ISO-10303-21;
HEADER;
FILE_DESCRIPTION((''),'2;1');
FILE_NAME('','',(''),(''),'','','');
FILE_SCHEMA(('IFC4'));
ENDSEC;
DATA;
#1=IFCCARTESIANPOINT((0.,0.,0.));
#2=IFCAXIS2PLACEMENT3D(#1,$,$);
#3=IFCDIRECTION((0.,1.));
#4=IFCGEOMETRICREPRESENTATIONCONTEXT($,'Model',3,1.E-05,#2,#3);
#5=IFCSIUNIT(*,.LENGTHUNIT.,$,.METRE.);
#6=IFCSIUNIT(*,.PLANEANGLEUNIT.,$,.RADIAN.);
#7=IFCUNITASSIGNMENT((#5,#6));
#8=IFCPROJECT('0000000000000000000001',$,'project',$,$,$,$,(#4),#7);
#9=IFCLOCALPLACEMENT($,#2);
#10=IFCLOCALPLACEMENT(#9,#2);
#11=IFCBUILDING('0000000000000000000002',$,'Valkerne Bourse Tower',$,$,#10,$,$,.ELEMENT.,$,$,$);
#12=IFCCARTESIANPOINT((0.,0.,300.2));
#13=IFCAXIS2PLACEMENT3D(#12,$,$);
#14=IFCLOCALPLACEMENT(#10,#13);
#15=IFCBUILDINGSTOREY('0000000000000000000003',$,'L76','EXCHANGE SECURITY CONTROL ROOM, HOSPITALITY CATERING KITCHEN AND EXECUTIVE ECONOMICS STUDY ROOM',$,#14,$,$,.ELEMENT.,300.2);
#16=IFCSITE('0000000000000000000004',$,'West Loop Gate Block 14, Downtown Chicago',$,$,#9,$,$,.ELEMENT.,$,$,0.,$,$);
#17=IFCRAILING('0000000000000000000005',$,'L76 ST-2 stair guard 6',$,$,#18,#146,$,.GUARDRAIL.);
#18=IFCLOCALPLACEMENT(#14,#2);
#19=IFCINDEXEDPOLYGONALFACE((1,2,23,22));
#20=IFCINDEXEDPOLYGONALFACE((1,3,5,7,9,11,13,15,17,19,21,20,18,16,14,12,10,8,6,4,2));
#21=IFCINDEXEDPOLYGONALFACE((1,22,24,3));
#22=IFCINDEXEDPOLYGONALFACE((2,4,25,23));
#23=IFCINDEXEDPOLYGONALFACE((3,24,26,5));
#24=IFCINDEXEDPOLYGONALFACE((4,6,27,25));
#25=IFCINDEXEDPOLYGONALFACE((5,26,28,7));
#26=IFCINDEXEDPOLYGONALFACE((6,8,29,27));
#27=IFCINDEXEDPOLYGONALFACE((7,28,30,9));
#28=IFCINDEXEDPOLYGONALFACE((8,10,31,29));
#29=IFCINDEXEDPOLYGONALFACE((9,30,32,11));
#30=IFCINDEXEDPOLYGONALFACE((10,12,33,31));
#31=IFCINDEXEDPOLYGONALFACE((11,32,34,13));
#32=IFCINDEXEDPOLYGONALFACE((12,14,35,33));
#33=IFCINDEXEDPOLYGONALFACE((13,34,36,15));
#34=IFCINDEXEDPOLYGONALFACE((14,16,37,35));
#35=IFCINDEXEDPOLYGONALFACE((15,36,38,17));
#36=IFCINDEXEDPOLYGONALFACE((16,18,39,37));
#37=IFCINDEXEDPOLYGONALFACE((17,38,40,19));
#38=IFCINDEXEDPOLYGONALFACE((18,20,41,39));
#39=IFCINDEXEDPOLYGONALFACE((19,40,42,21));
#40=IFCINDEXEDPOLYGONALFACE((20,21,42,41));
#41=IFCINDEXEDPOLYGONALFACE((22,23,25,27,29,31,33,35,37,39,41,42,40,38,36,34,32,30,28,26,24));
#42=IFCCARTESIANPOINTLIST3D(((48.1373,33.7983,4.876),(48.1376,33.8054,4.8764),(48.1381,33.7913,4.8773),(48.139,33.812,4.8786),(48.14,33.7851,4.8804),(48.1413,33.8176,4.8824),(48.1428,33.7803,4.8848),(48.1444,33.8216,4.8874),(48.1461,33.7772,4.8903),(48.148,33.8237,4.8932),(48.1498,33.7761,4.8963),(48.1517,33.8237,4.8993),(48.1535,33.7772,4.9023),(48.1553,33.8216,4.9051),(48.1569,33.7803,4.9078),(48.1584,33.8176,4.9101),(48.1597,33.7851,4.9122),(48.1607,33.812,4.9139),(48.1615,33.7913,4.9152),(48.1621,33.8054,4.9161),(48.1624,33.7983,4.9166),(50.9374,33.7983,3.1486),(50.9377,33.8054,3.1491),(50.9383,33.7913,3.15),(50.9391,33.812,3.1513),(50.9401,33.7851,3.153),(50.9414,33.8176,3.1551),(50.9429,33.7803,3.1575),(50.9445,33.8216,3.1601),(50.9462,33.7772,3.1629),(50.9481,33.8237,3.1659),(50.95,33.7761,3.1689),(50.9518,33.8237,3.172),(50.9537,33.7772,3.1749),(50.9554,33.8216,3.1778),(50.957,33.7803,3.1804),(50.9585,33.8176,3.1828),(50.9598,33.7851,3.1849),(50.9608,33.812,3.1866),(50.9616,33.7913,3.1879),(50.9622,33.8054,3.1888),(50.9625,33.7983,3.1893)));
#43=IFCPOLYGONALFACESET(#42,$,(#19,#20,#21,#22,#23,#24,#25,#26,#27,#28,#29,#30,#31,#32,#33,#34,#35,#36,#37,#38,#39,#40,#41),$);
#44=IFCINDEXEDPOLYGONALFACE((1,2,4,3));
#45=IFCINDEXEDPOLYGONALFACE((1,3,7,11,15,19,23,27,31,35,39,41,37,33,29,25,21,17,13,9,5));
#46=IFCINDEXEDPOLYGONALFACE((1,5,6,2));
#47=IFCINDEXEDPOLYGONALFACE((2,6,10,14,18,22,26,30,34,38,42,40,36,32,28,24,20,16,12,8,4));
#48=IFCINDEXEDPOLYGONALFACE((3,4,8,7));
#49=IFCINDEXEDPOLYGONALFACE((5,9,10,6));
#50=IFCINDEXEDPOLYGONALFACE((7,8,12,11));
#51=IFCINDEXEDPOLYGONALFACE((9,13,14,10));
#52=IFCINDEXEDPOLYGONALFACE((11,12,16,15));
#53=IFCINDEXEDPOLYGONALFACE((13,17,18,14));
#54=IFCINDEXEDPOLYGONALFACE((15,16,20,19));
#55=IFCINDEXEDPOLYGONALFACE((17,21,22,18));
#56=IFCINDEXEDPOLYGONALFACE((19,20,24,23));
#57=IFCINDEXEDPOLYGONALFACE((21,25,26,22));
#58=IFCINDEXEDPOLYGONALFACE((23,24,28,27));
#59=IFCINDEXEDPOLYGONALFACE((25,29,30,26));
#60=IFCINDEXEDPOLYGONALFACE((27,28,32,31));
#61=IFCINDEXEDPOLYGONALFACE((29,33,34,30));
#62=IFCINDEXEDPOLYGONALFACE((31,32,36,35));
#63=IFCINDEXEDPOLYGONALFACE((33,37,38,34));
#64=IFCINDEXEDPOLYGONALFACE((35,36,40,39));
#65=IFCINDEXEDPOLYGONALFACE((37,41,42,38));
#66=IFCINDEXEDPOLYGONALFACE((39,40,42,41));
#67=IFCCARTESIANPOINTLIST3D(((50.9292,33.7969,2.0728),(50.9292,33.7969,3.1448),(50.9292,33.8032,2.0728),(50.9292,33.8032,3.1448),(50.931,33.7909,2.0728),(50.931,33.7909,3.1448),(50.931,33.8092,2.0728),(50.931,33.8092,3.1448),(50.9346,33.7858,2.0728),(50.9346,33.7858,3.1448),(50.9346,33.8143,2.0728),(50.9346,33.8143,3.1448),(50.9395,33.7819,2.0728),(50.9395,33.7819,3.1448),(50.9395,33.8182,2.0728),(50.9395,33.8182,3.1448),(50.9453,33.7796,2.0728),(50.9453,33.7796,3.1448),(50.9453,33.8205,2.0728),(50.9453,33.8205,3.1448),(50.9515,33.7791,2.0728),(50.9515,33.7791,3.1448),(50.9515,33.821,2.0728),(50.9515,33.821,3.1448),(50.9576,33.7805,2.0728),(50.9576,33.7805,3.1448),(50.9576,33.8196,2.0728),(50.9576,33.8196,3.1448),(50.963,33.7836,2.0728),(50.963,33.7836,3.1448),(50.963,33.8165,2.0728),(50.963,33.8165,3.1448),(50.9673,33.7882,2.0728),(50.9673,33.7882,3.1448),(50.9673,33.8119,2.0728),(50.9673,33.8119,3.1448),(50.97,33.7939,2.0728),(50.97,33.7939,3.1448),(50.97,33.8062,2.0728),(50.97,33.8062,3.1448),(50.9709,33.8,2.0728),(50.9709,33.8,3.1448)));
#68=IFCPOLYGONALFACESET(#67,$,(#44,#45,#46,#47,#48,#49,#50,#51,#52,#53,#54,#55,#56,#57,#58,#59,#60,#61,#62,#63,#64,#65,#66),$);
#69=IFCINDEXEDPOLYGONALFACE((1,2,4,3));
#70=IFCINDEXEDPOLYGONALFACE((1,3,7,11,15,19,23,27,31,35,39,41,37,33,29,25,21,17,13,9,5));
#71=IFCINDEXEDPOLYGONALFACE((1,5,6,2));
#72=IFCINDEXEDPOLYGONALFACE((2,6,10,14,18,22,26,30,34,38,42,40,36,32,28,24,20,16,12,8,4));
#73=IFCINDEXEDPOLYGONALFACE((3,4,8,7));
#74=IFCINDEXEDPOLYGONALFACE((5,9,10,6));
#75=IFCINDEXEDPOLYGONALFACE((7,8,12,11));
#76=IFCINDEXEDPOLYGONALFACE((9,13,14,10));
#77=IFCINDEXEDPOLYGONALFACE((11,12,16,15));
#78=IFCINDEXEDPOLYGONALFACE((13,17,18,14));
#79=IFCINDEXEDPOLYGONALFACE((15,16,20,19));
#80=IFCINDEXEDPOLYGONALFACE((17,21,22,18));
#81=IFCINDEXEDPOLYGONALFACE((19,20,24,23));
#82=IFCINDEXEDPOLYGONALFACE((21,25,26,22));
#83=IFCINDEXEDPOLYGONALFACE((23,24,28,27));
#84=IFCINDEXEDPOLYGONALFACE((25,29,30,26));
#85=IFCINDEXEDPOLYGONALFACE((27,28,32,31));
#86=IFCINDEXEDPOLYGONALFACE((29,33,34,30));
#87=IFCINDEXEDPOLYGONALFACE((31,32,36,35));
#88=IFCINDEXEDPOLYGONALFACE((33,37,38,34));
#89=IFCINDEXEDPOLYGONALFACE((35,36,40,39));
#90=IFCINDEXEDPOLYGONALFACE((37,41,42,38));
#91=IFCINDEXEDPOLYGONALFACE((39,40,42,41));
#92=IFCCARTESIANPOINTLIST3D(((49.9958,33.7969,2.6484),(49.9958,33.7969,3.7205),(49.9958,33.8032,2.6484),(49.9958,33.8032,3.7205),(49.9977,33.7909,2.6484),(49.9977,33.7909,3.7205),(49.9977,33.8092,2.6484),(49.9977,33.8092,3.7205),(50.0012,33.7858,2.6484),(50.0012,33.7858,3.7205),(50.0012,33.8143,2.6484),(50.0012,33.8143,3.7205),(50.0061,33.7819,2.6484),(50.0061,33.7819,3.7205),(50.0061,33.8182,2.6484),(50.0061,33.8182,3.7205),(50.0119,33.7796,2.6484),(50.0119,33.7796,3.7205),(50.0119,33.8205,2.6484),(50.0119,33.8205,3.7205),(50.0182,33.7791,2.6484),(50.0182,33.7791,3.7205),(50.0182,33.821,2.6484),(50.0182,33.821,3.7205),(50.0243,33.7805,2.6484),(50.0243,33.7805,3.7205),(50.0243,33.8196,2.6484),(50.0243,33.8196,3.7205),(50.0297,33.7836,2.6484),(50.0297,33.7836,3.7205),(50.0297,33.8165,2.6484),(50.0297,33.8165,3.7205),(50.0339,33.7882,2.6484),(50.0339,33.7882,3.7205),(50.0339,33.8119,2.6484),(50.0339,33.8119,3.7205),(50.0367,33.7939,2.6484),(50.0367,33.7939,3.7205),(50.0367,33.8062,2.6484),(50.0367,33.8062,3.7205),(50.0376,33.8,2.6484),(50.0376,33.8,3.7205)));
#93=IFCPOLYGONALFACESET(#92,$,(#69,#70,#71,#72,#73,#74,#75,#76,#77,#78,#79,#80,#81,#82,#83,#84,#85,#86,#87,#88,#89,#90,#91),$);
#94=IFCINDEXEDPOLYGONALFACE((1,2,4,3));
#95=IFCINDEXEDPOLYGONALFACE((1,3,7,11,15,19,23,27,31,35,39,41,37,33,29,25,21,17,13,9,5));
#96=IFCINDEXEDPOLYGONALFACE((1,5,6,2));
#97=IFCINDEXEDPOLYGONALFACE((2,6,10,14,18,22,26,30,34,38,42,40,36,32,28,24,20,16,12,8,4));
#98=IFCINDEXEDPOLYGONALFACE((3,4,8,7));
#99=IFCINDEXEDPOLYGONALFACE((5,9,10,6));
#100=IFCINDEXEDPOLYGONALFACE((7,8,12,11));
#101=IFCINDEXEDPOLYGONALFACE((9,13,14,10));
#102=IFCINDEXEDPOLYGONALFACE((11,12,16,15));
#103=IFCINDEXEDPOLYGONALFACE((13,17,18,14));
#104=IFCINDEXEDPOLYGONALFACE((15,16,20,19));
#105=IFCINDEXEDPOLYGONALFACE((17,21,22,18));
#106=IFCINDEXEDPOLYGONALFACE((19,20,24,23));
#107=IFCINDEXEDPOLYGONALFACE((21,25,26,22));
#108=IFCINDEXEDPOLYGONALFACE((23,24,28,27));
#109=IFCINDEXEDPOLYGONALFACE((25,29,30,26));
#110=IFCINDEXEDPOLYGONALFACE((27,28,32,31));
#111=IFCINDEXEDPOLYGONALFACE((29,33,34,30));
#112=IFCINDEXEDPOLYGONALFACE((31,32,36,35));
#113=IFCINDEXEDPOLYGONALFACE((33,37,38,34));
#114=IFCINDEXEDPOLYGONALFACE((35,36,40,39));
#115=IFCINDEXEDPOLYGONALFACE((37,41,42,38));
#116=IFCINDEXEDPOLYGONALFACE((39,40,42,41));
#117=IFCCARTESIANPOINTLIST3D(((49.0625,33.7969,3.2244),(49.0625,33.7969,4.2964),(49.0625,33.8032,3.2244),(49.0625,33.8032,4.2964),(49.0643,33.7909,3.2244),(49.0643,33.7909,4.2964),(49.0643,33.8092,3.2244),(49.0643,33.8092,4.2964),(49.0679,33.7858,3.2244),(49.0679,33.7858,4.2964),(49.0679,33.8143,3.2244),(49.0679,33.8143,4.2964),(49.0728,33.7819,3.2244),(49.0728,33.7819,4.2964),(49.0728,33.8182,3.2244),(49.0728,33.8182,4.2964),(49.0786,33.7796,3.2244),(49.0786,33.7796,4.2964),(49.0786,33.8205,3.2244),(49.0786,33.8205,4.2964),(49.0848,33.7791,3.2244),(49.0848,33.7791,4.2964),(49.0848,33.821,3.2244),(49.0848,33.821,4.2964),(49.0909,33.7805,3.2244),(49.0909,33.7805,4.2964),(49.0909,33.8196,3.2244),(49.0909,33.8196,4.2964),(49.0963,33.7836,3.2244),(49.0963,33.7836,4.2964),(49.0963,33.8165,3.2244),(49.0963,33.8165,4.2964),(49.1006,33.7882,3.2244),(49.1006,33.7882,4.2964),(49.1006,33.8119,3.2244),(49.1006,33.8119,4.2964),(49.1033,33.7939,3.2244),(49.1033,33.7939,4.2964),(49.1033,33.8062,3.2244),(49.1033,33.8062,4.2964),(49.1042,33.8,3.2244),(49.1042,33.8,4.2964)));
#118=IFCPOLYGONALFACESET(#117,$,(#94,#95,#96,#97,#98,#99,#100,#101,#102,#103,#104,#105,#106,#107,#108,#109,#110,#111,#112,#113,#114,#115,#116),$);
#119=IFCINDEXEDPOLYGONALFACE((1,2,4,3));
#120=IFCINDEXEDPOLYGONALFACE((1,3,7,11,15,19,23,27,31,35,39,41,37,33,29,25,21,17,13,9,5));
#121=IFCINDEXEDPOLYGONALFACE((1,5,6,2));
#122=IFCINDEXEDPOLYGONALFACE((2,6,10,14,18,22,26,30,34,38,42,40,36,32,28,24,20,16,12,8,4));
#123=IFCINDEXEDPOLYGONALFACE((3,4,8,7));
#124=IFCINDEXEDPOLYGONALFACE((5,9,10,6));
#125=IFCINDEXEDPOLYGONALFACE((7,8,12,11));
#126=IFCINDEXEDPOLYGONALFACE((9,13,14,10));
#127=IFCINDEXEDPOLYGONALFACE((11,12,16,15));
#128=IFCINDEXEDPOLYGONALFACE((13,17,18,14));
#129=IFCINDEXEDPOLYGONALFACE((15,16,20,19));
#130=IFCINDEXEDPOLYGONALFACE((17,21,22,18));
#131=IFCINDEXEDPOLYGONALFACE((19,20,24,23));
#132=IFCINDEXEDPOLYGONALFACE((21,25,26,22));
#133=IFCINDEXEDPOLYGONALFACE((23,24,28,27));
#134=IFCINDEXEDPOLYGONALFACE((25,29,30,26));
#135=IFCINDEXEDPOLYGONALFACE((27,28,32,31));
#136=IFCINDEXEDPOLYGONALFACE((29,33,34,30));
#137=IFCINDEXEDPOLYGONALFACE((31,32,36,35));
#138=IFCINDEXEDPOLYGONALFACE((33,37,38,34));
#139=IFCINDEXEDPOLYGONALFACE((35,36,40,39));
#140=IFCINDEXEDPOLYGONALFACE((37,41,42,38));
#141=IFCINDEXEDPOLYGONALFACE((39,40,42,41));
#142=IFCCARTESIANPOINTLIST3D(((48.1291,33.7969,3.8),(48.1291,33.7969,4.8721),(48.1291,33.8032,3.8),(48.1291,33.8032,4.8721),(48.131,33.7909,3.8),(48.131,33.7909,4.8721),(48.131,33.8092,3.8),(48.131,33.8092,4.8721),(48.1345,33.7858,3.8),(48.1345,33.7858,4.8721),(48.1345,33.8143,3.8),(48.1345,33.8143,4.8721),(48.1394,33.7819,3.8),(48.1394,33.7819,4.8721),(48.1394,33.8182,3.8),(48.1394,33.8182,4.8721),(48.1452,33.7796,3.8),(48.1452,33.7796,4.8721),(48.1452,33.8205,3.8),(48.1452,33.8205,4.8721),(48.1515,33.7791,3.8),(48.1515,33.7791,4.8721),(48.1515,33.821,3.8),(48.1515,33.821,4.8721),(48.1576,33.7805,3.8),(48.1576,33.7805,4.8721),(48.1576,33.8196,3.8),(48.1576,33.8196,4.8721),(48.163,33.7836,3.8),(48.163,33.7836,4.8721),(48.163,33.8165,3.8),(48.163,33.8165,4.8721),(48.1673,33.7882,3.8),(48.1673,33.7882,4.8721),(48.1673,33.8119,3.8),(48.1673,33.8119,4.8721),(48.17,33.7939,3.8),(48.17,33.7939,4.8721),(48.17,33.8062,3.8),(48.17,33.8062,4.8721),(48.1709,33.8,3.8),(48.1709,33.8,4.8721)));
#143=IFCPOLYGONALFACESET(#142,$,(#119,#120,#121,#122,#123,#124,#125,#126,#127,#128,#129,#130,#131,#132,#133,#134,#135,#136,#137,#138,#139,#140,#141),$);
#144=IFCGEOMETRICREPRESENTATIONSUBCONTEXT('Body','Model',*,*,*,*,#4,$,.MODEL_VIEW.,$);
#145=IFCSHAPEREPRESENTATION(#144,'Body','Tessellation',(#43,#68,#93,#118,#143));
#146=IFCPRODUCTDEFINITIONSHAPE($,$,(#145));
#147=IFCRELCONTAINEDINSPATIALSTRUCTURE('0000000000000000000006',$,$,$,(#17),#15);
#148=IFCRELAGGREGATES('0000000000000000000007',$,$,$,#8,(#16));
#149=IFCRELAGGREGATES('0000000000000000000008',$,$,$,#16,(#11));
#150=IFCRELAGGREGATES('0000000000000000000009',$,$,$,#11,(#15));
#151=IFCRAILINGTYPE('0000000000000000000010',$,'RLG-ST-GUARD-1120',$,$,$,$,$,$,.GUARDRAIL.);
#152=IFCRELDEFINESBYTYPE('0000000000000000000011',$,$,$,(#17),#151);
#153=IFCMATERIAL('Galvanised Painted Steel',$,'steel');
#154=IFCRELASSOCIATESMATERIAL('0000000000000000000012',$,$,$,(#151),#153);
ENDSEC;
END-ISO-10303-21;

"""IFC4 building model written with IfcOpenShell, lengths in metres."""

from ifc_helpers import new_model, si_unit, direction, frame, origin, origin_2d, place, context, subcontext, project, spatial, circle, extrude, material, type_object, element, save


model = new_model("IFC4")

# Units and contexts
model_context = context("Model", 3, precision=1e-05, world=origin(), true_north=direction((0.0, 1.0)))
body_context = subcontext(model_context, "Body", "Model", "MODEL_VIEW")
ifc_project = project(units=[si_unit("LENGTHUNIT", "METRE"), si_unit("PLANEANGLEUNIT", "RADIAN")], contexts=[model_context])

# Site, building, storey
site_placement = place(None, origin())
site = spatial("IfcSite", under=ifc_project, at=site_placement, Name="West Loop Gate Block 14, Downtown Chicago", CompositionType="ELEMENT", RefElevation=0.0)
building_placement = place(site_placement, origin())
building = spatial("IfcBuilding", under=site, at=building_placement, Name="Valkerne Bourse Tower", CompositionType="ELEMENT")
storey_placement = place(building_placement, frame((0.0, 0.0, 300.2)))
storey = spatial("IfcBuildingStorey", under=building, at=storey_placement, Name="L76", Description="EXCHANGE SECURITY CONTROL ROOM, HOSPITALITY CATERING KITCHEN AND EXECUTIVE ECONOMICS STUDY ROOM", CompositionType="ELEMENT", Elevation=300.2)

# Shared definitions
ifc_material_1 = material(Name="Galvanised Painted Steel", Category="steel")

# Railing
railing_type_1 = type_object("IfcRailingType", Name="RLG-ST-GUARD-1120", PredefinedType="GUARDRAIL", material=ifc_material_1)
railing_1_placement = place(storey_placement, frame((50.95, 33.8, 2.0728)))
element("IfcRailing", 1, at=railing_1_placement, inside=storey, type_object=railing_type_1, Name="L76 ST-2 stair guard 6", PredefinedType="GUARDRAIL", context=body_context, shape_type="SweptSolid", body=[
    extrude(circle(Radius=0.0239, at=origin_2d()), frame((0.0, 0.0, 1.0962), z_axis=(-0.85109, 0.0, 0.52502), x_axis=(0.0, -1.0, 0.0)), (0.0, 0.0, 1.0), 3.29),
    extrude(circle(Radius=0.021, at=origin_2d()), origin(), (0.0, 0.0, 1.0), 1.072),
    extrude(circle(Radius=0.021, at=origin_2d()), frame((-0.9333, 0.0, 0.5757)), (0.0, 0.0, 1.0), 1.072),
    extrude(circle(Radius=0.021, at=origin_2d()), frame((-1.8667, 0.0, 1.1516)), (0.0, 0.0, 1.0), 1.072),
    extrude(circle(Radius=0.021, at=origin_2d()), frame((-2.8, 0.0, 1.7273)), (0.0, 0.0, 1.0), 1.072),
])

save(model, "model.ifc")
